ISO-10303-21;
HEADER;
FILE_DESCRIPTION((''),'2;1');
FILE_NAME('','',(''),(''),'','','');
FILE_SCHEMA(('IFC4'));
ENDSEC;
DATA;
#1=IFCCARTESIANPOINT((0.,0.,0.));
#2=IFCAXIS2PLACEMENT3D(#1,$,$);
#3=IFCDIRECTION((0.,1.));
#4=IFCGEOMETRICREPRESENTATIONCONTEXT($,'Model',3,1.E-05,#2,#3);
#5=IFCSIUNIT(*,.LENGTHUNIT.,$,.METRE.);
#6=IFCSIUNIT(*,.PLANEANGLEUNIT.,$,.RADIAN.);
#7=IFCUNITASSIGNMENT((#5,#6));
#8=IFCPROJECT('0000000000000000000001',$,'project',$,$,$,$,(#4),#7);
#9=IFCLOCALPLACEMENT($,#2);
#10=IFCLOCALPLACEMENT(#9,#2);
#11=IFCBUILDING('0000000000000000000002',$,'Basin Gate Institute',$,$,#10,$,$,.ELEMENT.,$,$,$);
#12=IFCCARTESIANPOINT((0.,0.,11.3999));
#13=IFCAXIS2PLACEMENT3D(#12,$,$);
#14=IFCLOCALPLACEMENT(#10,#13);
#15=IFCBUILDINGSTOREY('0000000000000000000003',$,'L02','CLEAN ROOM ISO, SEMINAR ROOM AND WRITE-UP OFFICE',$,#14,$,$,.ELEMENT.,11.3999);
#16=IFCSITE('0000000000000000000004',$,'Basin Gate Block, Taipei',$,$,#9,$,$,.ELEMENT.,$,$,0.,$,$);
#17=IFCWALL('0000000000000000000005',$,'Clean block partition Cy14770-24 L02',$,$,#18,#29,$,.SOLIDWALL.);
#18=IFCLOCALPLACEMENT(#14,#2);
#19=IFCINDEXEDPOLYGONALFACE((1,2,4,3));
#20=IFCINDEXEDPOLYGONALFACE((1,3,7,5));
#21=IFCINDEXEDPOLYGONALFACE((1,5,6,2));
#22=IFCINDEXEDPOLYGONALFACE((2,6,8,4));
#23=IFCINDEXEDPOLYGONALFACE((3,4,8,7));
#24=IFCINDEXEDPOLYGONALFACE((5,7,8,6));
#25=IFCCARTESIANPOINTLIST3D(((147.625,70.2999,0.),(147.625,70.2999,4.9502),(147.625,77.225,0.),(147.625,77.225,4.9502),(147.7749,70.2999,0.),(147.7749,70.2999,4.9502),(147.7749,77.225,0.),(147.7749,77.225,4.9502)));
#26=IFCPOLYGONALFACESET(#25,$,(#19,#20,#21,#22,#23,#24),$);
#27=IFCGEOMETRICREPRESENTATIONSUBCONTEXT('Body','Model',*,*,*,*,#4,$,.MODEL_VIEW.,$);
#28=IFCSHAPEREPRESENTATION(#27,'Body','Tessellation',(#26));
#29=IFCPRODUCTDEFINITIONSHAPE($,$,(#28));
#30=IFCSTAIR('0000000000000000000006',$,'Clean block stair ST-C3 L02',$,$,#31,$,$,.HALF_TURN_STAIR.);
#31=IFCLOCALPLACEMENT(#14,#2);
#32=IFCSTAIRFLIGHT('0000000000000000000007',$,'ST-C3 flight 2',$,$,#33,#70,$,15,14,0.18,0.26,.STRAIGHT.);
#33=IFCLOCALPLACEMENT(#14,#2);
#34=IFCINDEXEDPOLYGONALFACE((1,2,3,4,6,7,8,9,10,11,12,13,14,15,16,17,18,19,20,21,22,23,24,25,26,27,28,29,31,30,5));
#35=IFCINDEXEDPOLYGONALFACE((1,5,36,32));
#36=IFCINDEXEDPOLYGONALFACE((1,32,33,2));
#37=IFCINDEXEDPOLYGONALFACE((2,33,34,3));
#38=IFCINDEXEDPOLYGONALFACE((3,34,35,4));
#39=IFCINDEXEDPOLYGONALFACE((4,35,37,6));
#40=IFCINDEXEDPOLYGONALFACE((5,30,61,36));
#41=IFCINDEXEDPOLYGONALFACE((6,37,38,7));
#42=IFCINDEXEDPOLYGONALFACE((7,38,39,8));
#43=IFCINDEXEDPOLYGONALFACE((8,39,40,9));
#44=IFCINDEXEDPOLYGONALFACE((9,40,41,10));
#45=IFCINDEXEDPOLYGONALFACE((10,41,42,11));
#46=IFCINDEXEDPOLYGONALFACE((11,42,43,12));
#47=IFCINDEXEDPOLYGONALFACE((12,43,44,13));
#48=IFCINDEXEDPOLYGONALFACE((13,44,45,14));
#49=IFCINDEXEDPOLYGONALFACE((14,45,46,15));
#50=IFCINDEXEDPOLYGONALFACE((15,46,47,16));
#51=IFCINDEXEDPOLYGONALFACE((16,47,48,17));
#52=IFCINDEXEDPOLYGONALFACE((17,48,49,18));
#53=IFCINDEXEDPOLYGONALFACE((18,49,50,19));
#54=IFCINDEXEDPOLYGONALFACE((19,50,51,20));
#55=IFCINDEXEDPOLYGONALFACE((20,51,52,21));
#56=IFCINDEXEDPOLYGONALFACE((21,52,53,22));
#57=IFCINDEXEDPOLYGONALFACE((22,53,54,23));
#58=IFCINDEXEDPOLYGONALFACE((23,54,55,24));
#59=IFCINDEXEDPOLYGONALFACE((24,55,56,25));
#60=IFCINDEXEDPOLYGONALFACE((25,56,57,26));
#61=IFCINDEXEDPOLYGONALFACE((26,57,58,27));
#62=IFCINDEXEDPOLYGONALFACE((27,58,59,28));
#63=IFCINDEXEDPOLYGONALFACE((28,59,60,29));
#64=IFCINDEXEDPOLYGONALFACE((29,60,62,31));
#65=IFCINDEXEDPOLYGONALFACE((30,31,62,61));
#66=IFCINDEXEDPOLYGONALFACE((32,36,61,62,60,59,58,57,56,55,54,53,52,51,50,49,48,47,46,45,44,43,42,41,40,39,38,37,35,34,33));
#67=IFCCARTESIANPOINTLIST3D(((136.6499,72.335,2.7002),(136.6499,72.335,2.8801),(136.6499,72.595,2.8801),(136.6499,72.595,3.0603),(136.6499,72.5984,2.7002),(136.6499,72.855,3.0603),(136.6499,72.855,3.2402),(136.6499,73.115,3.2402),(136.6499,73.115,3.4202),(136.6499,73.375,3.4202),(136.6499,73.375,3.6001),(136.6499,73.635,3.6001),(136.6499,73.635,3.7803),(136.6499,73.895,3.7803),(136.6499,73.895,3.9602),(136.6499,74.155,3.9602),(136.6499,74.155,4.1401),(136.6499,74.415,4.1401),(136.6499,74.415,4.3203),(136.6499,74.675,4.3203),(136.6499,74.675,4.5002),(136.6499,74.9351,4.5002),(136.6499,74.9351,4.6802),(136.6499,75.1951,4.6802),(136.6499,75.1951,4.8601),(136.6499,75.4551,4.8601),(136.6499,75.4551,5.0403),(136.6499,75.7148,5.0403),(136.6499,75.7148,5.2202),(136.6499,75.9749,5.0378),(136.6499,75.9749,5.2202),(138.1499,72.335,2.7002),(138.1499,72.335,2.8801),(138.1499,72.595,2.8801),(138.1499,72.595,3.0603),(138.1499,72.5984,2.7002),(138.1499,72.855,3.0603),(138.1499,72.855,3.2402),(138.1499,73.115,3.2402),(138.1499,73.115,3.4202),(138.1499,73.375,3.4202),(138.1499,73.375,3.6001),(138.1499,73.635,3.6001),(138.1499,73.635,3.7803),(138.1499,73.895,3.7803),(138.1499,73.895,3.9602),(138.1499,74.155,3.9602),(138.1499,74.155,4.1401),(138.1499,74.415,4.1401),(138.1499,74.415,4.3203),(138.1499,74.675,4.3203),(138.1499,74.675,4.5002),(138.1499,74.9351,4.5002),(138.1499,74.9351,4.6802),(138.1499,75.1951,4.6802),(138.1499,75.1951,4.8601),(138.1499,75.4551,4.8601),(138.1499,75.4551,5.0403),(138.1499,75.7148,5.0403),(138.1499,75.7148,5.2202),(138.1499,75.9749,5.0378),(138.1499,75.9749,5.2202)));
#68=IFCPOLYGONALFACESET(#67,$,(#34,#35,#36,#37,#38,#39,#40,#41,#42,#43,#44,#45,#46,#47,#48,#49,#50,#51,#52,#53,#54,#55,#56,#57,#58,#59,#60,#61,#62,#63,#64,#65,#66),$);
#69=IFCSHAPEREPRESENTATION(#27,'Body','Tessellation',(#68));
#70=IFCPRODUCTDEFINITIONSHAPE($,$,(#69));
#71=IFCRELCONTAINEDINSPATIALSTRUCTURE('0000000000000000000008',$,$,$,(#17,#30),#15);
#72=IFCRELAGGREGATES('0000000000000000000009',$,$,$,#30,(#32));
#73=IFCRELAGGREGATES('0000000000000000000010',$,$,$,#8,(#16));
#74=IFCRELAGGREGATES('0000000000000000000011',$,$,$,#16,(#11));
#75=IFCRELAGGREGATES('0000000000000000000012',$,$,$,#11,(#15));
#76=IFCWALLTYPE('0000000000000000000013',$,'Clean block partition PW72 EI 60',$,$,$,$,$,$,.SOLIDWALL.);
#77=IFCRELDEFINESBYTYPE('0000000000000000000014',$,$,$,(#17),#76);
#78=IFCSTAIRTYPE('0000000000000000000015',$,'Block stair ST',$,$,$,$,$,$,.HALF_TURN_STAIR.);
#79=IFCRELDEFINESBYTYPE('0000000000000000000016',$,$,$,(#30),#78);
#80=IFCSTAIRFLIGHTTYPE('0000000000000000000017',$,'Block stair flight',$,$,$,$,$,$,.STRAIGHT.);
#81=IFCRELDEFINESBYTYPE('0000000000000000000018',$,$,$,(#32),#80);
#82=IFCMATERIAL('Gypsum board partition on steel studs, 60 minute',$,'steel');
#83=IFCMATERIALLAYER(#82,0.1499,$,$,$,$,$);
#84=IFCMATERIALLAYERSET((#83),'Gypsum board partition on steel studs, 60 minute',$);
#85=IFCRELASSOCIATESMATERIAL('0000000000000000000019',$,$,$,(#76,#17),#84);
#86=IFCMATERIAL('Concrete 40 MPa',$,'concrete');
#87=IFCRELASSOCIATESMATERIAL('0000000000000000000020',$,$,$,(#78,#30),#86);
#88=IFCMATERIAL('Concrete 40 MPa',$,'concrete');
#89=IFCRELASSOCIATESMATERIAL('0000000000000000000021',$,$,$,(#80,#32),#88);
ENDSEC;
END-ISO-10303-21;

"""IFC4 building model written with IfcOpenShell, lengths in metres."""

from ifc_helpers import new_model, si_unit, direction, frame, frame_2d, origin, place, context, subcontext, project, spatial, polyline, rectangle, outline, extrude, material, layer, layer_set, type_object, element, aggregate, save


model = new_model("IFC4")

# Units and contexts
model_context = context("Model", 3, precision=1e-05, world=origin(), true_north=direction((0.0, 1.0)))
body_context = subcontext(model_context, "Body", "Model", "MODEL_VIEW")
ifc_project = project(units=[si_unit("LENGTHUNIT", "METRE"), si_unit("PLANEANGLEUNIT", "RADIAN")], contexts=[model_context])

# Site, building, storey
site_placement = place(None, origin())
site = spatial("IfcSite", under=ifc_project, at=site_placement, Name="Basin Gate Block, Taipei", CompositionType="ELEMENT", RefElevation=0.0)
building_placement = place(site_placement, origin())
building = spatial("IfcBuilding", under=site, at=building_placement, Name="Basin Gate Institute", CompositionType="ELEMENT")
storey_placement = place(building_placement, frame((0.0, 0.0, 11.3999)))
storey = spatial("IfcBuildingStorey", under=building, at=storey_placement, Name="L02", Description="CLEAN ROOM ISO, SEMINAR ROOM AND WRITE-UP OFFICE", CompositionType="ELEMENT", Elevation=11.3999)

# Shared definitions
ifc_material_1 = material(Name="Gypsum board partition on steel studs, 60 minute", Category="steel")
ifc_layer_1 = layer(ifc_material_1, 0.1499)
ifc_layer_set_1 = layer_set([ifc_layer_1], Name="Gypsum board partition on steel studs, 60 minute")
wall_type_1 = type_object("IfcWallType", Name="Clean block partition PW72 EI 60", PredefinedType="SOLIDWALL", material=ifc_layer_set_1)

# Wall
wall_1_placement = place(storey_placement, frame((147.7, 70.3, 0.0), z_axis=(0.0, 0.0, 1.0), x_axis=(0.0, 1.0, 0.0)))
element("IfcWall", 1, at=wall_1_placement, inside=storey, type_object=wall_type_1, material=ifc_layer_set_1, Name="Clean block partition Cy14770-24 L02", PredefinedType="SOLIDWALL", context=body_context, shape_type="SweptSolid", body=[
    extrude(rectangle(XDim=6.925, YDim=0.1499, at=frame_2d((3.4624, 0.0))), origin(), (0.0, 0.0, 1.0), 4.9502),
])

# Stair, stair flight
ifc_material_2 = material(Name="Concrete 40 MPa", Category="concrete")
stair_type = type_object("IfcStairType", Name="Block stair ST", PredefinedType="HALF_TURN_STAIR", material=ifc_material_2)
stair_placement = place(storey_placement, origin())
stair = element("IfcStair", 2, at=stair_placement, inside=storey, type_object=stair_type, material=ifc_material_2, Name="Clean block stair ST-C3 L02", PredefinedType="HALF_TURN_STAIR")
ifc_material_3 = material(Name="Concrete 40 MPa", Category="concrete")
stair_flight_type = type_object("IfcStairFlightType", Name="Block stair flight", PredefinedType="STRAIGHT", material=ifc_material_3)
stair_flight_placement = place(storey_placement, frame((137.3999, 72.335, 2.7002), z_axis=(0.0, 0.0, 1.0), x_axis=(0.0, 1.0, 0.0)))
stair_flight = element("IfcStairFlight", 3, at=stair_flight_placement, type_object=stair_flight_type, material=ifc_material_3, Name="ST-C3 flight 2", NumberOfRisers=15, NumberOfTreads=14, PredefinedType="STRAIGHT", RiserHeight=0.18, TreadLength=0.26, context=body_context, shape_type="SweptSolid", body=[
    extrude(outline(polyline([(0.0, 0.0), (0.0, 0.1799), (0.26, 0.1799), (0.26, 0.3601), (0.52, 0.3601), (0.52, 0.54), (0.78, 0.54), (0.78, 0.72), (1.04, 0.72), (1.04, 0.8999), (1.3, 0.8999), (1.3, 1.0801), (1.5601, 1.0801), (1.5601, 1.26), (1.8201, 1.26), (1.8201, 1.4399), (2.0801, 1.4399), (2.0801, 1.6201), (2.3401, 1.6201), (2.3401, 1.8), (2.6001, 1.8), (2.6001, 1.98), (2.8601, 1.98), (2.8601, 2.1599), (3.1201, 2.1599), (3.1201, 2.3401), (3.3799, 2.3401), (3.3799, 2.52), (3.6399, 2.52), (3.6399, 2.7), (3.6399, 2.3376), (0.2634, 0.0), (0.0, 0.0)])), frame((0.0, 0.75, 0.0), z_axis=(0.0, -1.0, 0.0), x_axis=(1.0, 0.0, 0.0)), (0.0, 0.0, 1.0), 1.5),
])
aggregate(stair, [stair_flight])

save(model, "model.ifc")
